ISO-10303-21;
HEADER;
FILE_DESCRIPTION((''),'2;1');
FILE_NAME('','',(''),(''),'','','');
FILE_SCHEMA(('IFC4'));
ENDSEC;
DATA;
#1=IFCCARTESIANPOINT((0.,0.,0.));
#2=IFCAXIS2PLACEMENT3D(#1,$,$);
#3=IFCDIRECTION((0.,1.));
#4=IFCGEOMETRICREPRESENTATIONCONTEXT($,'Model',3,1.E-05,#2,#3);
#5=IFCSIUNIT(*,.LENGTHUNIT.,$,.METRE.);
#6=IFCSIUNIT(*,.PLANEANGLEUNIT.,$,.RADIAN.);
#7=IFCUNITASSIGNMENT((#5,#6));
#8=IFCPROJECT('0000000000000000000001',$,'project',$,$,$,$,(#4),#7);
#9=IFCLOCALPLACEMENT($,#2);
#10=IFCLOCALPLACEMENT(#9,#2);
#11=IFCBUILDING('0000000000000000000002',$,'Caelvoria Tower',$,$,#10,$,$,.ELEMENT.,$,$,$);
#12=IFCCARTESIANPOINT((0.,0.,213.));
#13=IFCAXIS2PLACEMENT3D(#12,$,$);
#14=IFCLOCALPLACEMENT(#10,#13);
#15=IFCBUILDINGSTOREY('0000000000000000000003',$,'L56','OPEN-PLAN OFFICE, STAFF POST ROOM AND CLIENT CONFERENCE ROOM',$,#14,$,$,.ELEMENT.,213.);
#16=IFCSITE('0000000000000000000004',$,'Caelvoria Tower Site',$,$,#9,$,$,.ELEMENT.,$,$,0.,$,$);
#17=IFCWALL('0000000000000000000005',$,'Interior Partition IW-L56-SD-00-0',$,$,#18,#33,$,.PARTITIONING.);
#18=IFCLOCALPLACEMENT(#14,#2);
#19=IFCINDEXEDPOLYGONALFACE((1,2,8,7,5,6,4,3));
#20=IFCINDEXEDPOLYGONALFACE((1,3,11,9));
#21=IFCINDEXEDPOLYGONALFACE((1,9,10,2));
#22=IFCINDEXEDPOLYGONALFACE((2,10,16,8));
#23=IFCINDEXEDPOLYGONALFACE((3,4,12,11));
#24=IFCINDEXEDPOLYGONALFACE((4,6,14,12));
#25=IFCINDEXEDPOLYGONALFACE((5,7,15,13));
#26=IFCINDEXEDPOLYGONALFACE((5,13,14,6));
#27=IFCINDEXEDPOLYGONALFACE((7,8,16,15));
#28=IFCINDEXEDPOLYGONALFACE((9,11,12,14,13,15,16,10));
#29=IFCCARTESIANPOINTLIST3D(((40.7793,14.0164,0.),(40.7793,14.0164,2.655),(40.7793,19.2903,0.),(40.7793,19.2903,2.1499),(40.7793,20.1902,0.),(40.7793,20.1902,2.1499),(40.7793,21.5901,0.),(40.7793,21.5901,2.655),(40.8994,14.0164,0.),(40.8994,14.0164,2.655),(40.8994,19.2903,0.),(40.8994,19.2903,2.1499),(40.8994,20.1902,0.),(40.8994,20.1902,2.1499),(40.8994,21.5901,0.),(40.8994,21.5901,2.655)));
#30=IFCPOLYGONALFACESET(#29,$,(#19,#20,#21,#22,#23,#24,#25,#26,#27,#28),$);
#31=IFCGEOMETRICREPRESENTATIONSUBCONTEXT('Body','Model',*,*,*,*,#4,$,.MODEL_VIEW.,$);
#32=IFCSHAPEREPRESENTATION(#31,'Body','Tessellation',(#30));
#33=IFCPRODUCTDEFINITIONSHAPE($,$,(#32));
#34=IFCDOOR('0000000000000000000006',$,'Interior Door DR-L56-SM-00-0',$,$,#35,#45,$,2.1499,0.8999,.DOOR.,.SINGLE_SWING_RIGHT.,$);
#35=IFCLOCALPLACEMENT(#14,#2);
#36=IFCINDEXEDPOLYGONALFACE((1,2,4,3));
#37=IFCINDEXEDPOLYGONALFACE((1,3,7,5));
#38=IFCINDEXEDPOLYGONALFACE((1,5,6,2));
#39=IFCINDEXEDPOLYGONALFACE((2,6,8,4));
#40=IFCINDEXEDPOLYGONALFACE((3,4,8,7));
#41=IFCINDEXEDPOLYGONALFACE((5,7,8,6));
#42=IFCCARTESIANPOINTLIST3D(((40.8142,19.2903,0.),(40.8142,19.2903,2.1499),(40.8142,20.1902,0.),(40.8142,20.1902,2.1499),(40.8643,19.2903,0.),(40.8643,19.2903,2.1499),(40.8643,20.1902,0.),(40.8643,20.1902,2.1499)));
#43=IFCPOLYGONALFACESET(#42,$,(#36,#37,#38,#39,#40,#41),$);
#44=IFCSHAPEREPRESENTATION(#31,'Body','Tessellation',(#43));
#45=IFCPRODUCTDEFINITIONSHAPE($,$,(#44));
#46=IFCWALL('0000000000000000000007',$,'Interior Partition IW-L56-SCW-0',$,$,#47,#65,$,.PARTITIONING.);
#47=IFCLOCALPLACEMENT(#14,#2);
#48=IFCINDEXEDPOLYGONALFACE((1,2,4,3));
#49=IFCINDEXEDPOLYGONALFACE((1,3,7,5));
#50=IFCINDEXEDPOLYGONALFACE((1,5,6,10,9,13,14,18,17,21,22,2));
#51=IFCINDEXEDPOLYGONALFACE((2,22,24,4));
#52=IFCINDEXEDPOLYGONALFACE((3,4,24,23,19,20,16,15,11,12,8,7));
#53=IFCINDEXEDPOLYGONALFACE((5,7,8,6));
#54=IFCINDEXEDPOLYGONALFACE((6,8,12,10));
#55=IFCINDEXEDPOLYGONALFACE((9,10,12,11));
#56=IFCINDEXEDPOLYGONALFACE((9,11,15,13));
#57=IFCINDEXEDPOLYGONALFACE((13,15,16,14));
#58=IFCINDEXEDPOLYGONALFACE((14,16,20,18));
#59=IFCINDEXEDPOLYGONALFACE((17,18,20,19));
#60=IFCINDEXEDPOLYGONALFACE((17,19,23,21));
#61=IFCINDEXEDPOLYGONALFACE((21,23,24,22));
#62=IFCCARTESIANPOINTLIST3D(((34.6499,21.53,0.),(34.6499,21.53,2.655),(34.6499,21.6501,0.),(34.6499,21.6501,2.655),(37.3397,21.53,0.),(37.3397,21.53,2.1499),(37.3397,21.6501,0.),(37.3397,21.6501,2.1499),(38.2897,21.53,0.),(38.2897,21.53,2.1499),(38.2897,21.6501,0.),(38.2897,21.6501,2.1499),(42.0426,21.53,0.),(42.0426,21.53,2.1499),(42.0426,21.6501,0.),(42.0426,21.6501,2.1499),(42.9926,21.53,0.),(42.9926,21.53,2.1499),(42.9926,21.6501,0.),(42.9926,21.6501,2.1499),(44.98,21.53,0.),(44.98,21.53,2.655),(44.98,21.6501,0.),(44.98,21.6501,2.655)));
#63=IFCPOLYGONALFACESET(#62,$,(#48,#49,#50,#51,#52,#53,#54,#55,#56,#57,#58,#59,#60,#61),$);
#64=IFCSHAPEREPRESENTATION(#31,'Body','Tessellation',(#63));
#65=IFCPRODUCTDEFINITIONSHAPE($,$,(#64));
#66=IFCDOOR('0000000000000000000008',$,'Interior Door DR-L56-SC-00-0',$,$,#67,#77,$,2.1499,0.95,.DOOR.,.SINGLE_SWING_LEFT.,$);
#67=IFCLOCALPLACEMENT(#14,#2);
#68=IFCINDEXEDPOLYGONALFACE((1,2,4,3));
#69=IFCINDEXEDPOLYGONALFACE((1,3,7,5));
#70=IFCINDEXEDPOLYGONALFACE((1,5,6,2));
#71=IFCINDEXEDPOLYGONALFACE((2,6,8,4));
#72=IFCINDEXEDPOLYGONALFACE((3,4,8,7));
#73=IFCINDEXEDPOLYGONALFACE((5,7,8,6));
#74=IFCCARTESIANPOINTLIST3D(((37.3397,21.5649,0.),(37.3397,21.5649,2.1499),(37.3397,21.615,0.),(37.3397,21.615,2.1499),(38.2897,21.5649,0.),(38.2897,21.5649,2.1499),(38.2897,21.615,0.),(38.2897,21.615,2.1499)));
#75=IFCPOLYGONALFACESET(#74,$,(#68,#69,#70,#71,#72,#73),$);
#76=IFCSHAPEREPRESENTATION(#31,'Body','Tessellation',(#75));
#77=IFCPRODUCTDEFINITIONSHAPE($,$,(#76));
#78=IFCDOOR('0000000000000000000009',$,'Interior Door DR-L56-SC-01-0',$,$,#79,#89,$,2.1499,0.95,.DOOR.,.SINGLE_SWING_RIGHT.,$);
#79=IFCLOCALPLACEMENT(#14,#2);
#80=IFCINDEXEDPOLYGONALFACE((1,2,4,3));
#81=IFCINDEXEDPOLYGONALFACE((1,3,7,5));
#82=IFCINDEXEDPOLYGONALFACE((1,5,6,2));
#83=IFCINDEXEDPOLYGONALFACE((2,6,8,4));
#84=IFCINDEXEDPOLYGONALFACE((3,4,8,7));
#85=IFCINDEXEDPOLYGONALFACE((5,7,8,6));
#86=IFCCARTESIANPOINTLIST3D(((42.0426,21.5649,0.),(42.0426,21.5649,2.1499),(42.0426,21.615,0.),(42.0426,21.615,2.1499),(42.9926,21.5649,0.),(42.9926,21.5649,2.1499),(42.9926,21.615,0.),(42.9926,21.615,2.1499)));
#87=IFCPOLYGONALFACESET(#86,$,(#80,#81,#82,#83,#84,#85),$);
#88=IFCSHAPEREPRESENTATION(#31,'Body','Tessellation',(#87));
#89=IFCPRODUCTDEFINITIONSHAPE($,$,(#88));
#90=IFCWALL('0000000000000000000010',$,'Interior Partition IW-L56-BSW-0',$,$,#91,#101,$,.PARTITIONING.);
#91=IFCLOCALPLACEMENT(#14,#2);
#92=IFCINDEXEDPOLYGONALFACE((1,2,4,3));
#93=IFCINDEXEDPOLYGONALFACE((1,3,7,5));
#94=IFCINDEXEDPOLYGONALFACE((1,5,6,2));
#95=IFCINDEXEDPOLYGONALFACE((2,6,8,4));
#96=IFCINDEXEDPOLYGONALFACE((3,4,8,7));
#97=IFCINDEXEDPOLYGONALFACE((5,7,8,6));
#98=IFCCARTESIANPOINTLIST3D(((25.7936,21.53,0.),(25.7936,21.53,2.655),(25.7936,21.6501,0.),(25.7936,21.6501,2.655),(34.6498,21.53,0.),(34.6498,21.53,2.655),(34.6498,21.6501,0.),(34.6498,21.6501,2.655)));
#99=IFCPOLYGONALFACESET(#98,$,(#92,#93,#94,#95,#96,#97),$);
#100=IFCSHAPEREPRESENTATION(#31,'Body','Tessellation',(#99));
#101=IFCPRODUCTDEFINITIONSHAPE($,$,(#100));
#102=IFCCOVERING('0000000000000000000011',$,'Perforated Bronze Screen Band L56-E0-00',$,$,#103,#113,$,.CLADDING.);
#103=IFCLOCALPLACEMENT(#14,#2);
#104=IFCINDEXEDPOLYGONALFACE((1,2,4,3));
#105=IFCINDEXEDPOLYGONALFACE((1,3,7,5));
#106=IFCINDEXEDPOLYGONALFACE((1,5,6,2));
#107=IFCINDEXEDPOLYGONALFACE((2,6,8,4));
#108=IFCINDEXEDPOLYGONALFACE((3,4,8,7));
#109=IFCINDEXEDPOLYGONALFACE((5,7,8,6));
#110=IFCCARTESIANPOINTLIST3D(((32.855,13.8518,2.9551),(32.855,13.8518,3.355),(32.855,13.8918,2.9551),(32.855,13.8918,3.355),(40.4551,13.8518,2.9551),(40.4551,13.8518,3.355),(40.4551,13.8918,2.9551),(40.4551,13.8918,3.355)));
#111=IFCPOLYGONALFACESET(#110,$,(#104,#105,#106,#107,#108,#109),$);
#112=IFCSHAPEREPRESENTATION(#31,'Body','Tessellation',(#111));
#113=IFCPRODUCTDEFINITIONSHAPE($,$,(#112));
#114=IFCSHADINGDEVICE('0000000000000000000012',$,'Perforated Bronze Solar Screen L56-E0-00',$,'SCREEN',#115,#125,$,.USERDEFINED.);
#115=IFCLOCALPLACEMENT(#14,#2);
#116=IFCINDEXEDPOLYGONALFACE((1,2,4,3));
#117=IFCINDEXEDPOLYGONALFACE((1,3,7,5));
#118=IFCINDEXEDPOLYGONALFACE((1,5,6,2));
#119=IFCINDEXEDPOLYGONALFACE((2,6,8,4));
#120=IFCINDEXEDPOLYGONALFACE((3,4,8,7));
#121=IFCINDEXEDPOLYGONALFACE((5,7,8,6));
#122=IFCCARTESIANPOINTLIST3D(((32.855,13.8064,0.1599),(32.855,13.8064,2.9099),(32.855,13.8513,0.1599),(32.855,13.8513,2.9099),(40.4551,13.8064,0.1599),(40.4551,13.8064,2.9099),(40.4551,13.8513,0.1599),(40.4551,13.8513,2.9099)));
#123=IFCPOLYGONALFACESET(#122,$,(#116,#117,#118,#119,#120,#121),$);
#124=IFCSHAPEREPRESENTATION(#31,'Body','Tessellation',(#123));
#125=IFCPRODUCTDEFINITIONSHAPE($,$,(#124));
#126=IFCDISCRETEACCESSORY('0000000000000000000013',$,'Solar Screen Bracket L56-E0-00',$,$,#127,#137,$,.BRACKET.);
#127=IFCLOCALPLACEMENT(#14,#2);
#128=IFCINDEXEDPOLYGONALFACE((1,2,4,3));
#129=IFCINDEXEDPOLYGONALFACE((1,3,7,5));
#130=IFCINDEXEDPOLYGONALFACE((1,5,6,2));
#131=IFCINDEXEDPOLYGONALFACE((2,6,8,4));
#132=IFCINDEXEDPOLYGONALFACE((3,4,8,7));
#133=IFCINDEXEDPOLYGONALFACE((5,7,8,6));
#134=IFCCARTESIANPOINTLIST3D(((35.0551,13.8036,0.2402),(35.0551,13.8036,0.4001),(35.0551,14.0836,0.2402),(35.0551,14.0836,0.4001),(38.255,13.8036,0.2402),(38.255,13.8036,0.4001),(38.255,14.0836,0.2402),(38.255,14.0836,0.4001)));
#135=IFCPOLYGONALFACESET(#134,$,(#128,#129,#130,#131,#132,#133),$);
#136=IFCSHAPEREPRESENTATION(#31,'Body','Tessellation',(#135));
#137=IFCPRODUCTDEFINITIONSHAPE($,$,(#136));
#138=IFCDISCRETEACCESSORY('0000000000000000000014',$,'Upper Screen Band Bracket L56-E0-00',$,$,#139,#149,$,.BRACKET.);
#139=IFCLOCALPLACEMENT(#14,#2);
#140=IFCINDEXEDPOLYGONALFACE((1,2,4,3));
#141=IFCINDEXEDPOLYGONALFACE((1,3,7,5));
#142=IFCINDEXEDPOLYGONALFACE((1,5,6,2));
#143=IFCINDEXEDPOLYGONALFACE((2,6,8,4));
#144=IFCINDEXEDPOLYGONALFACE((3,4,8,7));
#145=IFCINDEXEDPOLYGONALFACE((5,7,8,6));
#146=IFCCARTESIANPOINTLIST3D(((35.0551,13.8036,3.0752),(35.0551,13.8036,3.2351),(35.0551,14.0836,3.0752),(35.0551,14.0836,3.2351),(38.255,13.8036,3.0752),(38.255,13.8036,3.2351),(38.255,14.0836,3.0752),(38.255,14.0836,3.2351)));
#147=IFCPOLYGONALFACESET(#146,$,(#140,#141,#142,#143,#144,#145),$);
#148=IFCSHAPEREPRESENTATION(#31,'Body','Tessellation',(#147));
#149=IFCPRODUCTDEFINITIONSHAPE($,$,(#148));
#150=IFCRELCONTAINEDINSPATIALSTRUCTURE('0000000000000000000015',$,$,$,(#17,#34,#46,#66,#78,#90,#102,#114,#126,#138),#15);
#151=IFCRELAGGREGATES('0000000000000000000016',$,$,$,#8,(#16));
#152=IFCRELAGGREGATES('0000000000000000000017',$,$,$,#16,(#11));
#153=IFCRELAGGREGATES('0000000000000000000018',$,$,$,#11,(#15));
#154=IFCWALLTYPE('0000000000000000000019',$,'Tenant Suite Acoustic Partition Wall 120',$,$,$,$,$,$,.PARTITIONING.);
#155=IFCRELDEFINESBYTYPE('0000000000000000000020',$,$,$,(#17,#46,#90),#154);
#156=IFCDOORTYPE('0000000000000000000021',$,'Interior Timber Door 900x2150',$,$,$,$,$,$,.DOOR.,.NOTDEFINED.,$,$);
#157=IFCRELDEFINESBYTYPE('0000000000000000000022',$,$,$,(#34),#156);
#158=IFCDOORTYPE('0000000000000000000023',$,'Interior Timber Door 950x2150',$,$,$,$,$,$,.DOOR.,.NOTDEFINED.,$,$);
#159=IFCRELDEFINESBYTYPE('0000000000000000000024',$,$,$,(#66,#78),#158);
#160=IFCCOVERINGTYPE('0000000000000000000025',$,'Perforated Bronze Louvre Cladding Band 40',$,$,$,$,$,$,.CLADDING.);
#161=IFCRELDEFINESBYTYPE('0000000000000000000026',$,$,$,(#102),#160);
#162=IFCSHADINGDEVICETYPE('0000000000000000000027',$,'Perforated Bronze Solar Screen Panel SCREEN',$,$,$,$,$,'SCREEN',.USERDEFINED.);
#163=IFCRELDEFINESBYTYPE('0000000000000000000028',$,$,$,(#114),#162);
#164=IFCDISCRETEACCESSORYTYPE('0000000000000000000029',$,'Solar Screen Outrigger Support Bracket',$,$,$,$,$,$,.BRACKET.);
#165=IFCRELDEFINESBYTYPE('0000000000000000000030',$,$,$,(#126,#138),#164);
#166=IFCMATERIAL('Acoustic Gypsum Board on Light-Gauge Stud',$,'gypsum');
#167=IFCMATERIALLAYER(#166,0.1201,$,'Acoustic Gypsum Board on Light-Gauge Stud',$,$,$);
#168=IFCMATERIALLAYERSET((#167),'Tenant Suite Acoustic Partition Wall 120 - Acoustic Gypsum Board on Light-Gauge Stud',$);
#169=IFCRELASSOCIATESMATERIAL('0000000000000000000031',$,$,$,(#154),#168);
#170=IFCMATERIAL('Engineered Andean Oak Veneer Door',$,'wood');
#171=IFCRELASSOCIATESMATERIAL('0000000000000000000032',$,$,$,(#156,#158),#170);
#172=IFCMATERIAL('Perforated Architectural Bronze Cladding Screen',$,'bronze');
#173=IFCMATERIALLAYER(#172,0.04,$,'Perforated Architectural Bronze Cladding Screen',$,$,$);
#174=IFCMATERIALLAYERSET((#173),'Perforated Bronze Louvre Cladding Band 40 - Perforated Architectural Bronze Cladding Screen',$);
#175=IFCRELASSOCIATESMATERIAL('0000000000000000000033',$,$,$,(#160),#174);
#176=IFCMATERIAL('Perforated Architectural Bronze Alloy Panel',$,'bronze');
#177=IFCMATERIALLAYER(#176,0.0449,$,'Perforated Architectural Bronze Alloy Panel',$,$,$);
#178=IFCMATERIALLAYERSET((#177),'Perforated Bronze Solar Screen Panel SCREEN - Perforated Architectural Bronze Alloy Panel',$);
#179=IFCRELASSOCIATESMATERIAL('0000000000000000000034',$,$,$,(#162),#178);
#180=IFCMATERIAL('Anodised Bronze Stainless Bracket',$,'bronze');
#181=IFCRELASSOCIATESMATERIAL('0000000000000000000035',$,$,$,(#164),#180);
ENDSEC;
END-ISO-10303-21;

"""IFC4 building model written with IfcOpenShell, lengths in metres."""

from ifc_helpers import new_model, si_unit, direction, frame, frame_2d, origin, origin_2d, place, context, subcontext, project, spatial, rectangle, extrude, material, layer, layer_set, type_object, element, fill, save


model = new_model("IFC4")

# Units and contexts
model_context = context("Model", 3, precision=1e-05, world=origin(), true_north=direction((0.0, 1.0)))
body_context = subcontext(model_context, "Body", "Model", "MODEL_VIEW")
ifc_project = project(units=[si_unit("LENGTHUNIT", "METRE"), si_unit("PLANEANGLEUNIT", "RADIAN")], contexts=[model_context])

# Site, building, storey
site_placement = place(None, origin())
site = spatial("IfcSite", under=ifc_project, at=site_placement, Name="Caelvoria Tower Site", CompositionType="ELEMENT", RefElevation=0.0)
building_placement = place(site_placement, origin())
building = spatial("IfcBuilding", under=site, at=building_placement, Name="Caelvoria Tower", CompositionType="ELEMENT")
storey_placement = place(building_placement, frame((0.0, 0.0, 213.0)))
storey = spatial("IfcBuildingStorey", under=building, at=storey_placement, Name="L56", Description="OPEN-PLAN OFFICE, STAFF POST ROOM AND CLIENT CONFERENCE ROOM", CompositionType="ELEMENT", Elevation=213.0)

# Wall, opening, door
ifc_material_1 = material(Name="Acoustic Gypsum Board on Light-Gauge Stud", Category="gypsum")
ifc_layer_1 = layer(ifc_material_1, 0.1201, Name="Acoustic Gypsum Board on Light-Gauge Stud")
ifc_layer_set_1 = layer_set([ifc_layer_1], Name="Tenant Suite Acoustic Partition Wall 120 - Acoustic Gypsum Board on Light-Gauge Stud")
wall_type = type_object("IfcWallType", Name="Tenant Suite Acoustic Partition Wall 120", PredefinedType="PARTITIONING", material=ifc_layer_set_1)
wall_1_placement = place(storey_placement, frame((40.8394, 21.5901, 0.0), z_axis=(0.0, 0.0, 1.0), x_axis=(0.0, -1.0, 0.0)))
wall_1 = element("IfcWall", 1, at=wall_1_placement, inside=storey, type_object=wall_type, Name="Interior Partition IW-L56-SD-00-0", PredefinedType="PARTITIONING", context=body_context, shape_type="SweptSolid", body=[
    extrude(rectangle(XDim=7.5737, YDim=0.1201, at=frame_2d((3.7869, 0.0))), origin(), (0.0, 0.0, 1.0), 2.655),
])
opening_1_placement = place(wall_1_placement, frame((1.3999, 0.0, 0.0)))
opening_1 = element("IfcOpeningElement", 2, at=opening_1_placement, cuts=wall_1, PredefinedType="OPENING", context=body_context, shape_type="SweptSolid", body=[
    extrude(rectangle(XDim=0.8999, YDim=2.1499, at=frame_2d((0.45, 1.075))), frame((0.0, 0.0701, 0.0), z_axis=(0.0, -1.0, 0.0), x_axis=(1.0, 0.0, 0.0)), (0.0, 0.0, 1.0), 0.1401),
])
ifc_material_2 = material(Name="Engineered Andean Oak Veneer Door", Category="wood")
door_type_1 = type_object("IfcDoorType", Name="Interior Timber Door 900x2150", OperationType="NOTDEFINED", PredefinedType="DOOR", material=ifc_material_2)
door_1_placement = place(opening_1_placement, origin())
door_1 = element("IfcDoor", 3, at=door_1_placement, inside=storey, type_object=door_type_1, Name="Interior Door DR-L56-SM-00-0", OperationType="SINGLE_SWING_RIGHT", OverallHeight=2.1499, OverallWidth=0.8999, PredefinedType="DOOR", context=body_context, shape_type="SweptSolid", body=[
    extrude(rectangle(XDim=0.8999, YDim=2.1499, at=frame_2d((0.45, 1.075))), frame((0.0, 0.0249, 0.0), z_axis=(0.0, -1.0, 0.0), x_axis=(1.0, 0.0, 0.0)), (0.0, 0.0, 1.0), 0.05),
])
fill(opening_1, door_1)

# Wall, openings, doors
wall_2_placement = place(storey_placement, frame((34.6499, 21.5901, 0.0), z_axis=(0.0, 0.0, 1.0), x_axis=(1.0, 0.0, 0.0)))
wall_2 = element("IfcWall", 4, at=wall_2_placement, inside=storey, type_object=wall_type, Name="Interior Partition IW-L56-SCW-0", PredefinedType="PARTITIONING", context=body_context, shape_type="SweptSolid", body=[
    extrude(rectangle(XDim=10.3301, YDim=0.1201, at=frame_2d((5.165, 0.0))), origin(), (0.0, 0.0, 1.0), 2.655),
])
opening_2_placement = place(wall_2_placement, frame((2.6897, 0.0, 0.0)))
opening_2 = element("IfcOpeningElement", 5, at=opening_2_placement, cuts=wall_2, PredefinedType="OPENING", context=body_context, shape_type="SweptSolid", body=[
    extrude(rectangle(XDim=0.95, YDim=2.1499, at=frame_2d((0.4751, 1.075))), frame((0.0, 0.0701, 0.0), z_axis=(0.0, -1.0, 0.0), x_axis=(1.0, 0.0, 0.0)), (0.0, 0.0, 1.0), 0.1401),
])
opening_3_placement = place(wall_2_placement, frame((7.3926, 0.0, 0.0)))
opening_3 = element("IfcOpeningElement", 6, at=opening_3_placement, cuts=wall_2, PredefinedType="OPENING", context=body_context, shape_type="SweptSolid", body=[
    extrude(rectangle(XDim=0.95, YDim=2.1499, at=frame_2d((0.4751, 1.075))), frame((0.0, 0.0701, 0.0), z_axis=(0.0, -1.0, 0.0), x_axis=(1.0, 0.0, 0.0)), (0.0, 0.0, 1.0), 0.1401),
])
door_type_2 = type_object("IfcDoorType", Name="Interior Timber Door 950x2150", OperationType="NOTDEFINED", PredefinedType="DOOR", material=ifc_material_2)
door_2_placement = place(opening_2_placement, origin())
door_2 = element("IfcDoor", 7, at=door_2_placement, inside=storey, type_object=door_type_2, Name="Interior Door DR-L56-SC-00-0", OperationType="SINGLE_SWING_LEFT", OverallHeight=2.1499, OverallWidth=0.95, PredefinedType="DOOR", context=body_context, shape_type="SweptSolid", body=[
    extrude(rectangle(XDim=0.95, YDim=2.1499, at=frame_2d((0.4751, 1.075))), frame((0.0, 0.0249, 0.0), z_axis=(0.0, -1.0, 0.0), x_axis=(1.0, 0.0, 0.0)), (0.0, 0.0, 1.0), 0.05),
])
fill(opening_2, door_2)
door_3_placement = place(opening_3_placement, origin())
door_3 = element("IfcDoor", 8, at=door_3_placement, inside=storey, type_object=door_type_2, Name="Interior Door DR-L56-SC-01-0", OperationType="SINGLE_SWING_RIGHT", OverallHeight=2.1499, OverallWidth=0.95, PredefinedType="DOOR", context=body_context, shape_type="SweptSolid", body=[
    extrude(rectangle(XDim=0.95, YDim=2.1499, at=frame_2d((0.4751, 1.075))), frame((0.0, 0.0249, 0.0), z_axis=(0.0, -1.0, 0.0), x_axis=(1.0, 0.0, 0.0)), (0.0, 0.0, 1.0), 0.05),
])
fill(opening_3, door_3)

# Wall
wall_3_placement = place(storey_placement, frame((34.6499, 21.5901, 0.0), z_axis=(0.0, 0.0, 1.0), x_axis=(-1.0, 0.0, 0.0)))
element("IfcWall", 9, at=wall_3_placement, inside=storey, type_object=wall_type, Name="Interior Partition IW-L56-BSW-0", PredefinedType="PARTITIONING", context=body_context, shape_type="SweptSolid", body=[
    extrude(rectangle(XDim=8.8562, YDim=0.1201, at=frame_2d((4.4282, 0.0))), origin(), (0.0, 0.0, 1.0), 2.655),
])

# Covering
ifc_material_3 = material(Name="Perforated Architectural Bronze Cladding Screen", Category="bronze")
ifc_layer_2 = layer(ifc_material_3, 0.04, Name="Perforated Architectural Bronze Cladding Screen")
ifc_layer_set_2 = layer_set([ifc_layer_2], Name="Perforated Bronze Louvre Cladding Band 40 - Perforated Architectural Bronze Cladding Screen")
covering_type = type_object("IfcCoveringType", Name="Perforated Bronze Louvre Cladding Band 40", PredefinedType="CLADDING", material=ifc_layer_set_2)
covering_placement = place(storey_placement, frame((36.655, 13.8718, 2.9551), z_axis=(0.0, 0.0, 1.0), x_axis=(1.0, 0.0, 0.0)))
element("IfcCovering", 10, at=covering_placement, inside=storey, type_object=covering_type, Name="Perforated Bronze Screen Band L56-E0-00", PredefinedType="CLADDING", context=body_context, shape_type="SweptSolid", body=[
    extrude(rectangle(XDim=7.6001, YDim=0.04, at=origin_2d()), origin(), (0.0, 0.0, 1.0), 0.3999),
])

# Shading device
ifc_material_4 = material(Name="Perforated Architectural Bronze Alloy Panel", Category="bronze")
ifc_layer_3 = layer(ifc_material_4, 0.0449, Name="Perforated Architectural Bronze Alloy Panel")
ifc_layer_set_3 = layer_set([ifc_layer_3], Name="Perforated Bronze Solar Screen Panel SCREEN - Perforated Architectural Bronze Alloy Panel")
shading_device_type = type_object("IfcShadingDeviceType", Name="Perforated Bronze Solar Screen Panel SCREEN", ElementType="SCREEN", PredefinedType="USERDEFINED", material=ifc_layer_set_3)
shading_device_placement = place(storey_placement, frame((36.655, 13.8289, 0.1599), z_axis=(0.0, 0.0, 1.0), x_axis=(1.0, 0.0, 0.0)))
element("IfcShadingDevice", 11, at=shading_device_placement, inside=storey, type_object=shading_device_type, Name="Perforated Bronze Solar Screen L56-E0-00", ObjectType="SCREEN", PredefinedType="USERDEFINED", context=body_context, shape_type="SweptSolid", body=[
    extrude(rectangle(XDim=7.6001, YDim=0.0449, at=origin_2d()), origin(), (0.0, 0.0, 1.0), 2.75),
])

# Discrete accessories
ifc_material_5 = material(Name="Anodised Bronze Stainless Bracket", Category="bronze")
discrete_accessory_type = type_object("IfcDiscreteAccessoryType", Name="Solar Screen Outrigger Support Bracket", PredefinedType="BRACKET", material=ifc_material_5)
for number, where, z_axis, x_axis, name in (
    (12, (36.655, 13.9436, 0.2402), (0.0, 0.0, 1.0), (1.0, 0.0, 0.0), "Solar Screen Bracket L56-E0-00"),
    (13, (36.655, 13.9436, 3.0752), (0.0, 0.0, 1.0), (1.0, 0.0, 0.0), "Upper Screen Band Bracket L56-E0-00"),
):
    element("IfcDiscreteAccessory", number, at=place(storey_placement, frame(where, z_axis=z_axis, x_axis=x_axis)), inside=storey, type_object=discrete_accessory_type, Name=name, PredefinedType="BRACKET", context=body_context, shape_type="SweptSolid", body=[
        extrude(rectangle(XDim=3.2, YDim=0.28, at=origin_2d()), origin(), (0.0, 0.0, 1.0), 0.1599),
    ])

save(model, "model.ifc")
